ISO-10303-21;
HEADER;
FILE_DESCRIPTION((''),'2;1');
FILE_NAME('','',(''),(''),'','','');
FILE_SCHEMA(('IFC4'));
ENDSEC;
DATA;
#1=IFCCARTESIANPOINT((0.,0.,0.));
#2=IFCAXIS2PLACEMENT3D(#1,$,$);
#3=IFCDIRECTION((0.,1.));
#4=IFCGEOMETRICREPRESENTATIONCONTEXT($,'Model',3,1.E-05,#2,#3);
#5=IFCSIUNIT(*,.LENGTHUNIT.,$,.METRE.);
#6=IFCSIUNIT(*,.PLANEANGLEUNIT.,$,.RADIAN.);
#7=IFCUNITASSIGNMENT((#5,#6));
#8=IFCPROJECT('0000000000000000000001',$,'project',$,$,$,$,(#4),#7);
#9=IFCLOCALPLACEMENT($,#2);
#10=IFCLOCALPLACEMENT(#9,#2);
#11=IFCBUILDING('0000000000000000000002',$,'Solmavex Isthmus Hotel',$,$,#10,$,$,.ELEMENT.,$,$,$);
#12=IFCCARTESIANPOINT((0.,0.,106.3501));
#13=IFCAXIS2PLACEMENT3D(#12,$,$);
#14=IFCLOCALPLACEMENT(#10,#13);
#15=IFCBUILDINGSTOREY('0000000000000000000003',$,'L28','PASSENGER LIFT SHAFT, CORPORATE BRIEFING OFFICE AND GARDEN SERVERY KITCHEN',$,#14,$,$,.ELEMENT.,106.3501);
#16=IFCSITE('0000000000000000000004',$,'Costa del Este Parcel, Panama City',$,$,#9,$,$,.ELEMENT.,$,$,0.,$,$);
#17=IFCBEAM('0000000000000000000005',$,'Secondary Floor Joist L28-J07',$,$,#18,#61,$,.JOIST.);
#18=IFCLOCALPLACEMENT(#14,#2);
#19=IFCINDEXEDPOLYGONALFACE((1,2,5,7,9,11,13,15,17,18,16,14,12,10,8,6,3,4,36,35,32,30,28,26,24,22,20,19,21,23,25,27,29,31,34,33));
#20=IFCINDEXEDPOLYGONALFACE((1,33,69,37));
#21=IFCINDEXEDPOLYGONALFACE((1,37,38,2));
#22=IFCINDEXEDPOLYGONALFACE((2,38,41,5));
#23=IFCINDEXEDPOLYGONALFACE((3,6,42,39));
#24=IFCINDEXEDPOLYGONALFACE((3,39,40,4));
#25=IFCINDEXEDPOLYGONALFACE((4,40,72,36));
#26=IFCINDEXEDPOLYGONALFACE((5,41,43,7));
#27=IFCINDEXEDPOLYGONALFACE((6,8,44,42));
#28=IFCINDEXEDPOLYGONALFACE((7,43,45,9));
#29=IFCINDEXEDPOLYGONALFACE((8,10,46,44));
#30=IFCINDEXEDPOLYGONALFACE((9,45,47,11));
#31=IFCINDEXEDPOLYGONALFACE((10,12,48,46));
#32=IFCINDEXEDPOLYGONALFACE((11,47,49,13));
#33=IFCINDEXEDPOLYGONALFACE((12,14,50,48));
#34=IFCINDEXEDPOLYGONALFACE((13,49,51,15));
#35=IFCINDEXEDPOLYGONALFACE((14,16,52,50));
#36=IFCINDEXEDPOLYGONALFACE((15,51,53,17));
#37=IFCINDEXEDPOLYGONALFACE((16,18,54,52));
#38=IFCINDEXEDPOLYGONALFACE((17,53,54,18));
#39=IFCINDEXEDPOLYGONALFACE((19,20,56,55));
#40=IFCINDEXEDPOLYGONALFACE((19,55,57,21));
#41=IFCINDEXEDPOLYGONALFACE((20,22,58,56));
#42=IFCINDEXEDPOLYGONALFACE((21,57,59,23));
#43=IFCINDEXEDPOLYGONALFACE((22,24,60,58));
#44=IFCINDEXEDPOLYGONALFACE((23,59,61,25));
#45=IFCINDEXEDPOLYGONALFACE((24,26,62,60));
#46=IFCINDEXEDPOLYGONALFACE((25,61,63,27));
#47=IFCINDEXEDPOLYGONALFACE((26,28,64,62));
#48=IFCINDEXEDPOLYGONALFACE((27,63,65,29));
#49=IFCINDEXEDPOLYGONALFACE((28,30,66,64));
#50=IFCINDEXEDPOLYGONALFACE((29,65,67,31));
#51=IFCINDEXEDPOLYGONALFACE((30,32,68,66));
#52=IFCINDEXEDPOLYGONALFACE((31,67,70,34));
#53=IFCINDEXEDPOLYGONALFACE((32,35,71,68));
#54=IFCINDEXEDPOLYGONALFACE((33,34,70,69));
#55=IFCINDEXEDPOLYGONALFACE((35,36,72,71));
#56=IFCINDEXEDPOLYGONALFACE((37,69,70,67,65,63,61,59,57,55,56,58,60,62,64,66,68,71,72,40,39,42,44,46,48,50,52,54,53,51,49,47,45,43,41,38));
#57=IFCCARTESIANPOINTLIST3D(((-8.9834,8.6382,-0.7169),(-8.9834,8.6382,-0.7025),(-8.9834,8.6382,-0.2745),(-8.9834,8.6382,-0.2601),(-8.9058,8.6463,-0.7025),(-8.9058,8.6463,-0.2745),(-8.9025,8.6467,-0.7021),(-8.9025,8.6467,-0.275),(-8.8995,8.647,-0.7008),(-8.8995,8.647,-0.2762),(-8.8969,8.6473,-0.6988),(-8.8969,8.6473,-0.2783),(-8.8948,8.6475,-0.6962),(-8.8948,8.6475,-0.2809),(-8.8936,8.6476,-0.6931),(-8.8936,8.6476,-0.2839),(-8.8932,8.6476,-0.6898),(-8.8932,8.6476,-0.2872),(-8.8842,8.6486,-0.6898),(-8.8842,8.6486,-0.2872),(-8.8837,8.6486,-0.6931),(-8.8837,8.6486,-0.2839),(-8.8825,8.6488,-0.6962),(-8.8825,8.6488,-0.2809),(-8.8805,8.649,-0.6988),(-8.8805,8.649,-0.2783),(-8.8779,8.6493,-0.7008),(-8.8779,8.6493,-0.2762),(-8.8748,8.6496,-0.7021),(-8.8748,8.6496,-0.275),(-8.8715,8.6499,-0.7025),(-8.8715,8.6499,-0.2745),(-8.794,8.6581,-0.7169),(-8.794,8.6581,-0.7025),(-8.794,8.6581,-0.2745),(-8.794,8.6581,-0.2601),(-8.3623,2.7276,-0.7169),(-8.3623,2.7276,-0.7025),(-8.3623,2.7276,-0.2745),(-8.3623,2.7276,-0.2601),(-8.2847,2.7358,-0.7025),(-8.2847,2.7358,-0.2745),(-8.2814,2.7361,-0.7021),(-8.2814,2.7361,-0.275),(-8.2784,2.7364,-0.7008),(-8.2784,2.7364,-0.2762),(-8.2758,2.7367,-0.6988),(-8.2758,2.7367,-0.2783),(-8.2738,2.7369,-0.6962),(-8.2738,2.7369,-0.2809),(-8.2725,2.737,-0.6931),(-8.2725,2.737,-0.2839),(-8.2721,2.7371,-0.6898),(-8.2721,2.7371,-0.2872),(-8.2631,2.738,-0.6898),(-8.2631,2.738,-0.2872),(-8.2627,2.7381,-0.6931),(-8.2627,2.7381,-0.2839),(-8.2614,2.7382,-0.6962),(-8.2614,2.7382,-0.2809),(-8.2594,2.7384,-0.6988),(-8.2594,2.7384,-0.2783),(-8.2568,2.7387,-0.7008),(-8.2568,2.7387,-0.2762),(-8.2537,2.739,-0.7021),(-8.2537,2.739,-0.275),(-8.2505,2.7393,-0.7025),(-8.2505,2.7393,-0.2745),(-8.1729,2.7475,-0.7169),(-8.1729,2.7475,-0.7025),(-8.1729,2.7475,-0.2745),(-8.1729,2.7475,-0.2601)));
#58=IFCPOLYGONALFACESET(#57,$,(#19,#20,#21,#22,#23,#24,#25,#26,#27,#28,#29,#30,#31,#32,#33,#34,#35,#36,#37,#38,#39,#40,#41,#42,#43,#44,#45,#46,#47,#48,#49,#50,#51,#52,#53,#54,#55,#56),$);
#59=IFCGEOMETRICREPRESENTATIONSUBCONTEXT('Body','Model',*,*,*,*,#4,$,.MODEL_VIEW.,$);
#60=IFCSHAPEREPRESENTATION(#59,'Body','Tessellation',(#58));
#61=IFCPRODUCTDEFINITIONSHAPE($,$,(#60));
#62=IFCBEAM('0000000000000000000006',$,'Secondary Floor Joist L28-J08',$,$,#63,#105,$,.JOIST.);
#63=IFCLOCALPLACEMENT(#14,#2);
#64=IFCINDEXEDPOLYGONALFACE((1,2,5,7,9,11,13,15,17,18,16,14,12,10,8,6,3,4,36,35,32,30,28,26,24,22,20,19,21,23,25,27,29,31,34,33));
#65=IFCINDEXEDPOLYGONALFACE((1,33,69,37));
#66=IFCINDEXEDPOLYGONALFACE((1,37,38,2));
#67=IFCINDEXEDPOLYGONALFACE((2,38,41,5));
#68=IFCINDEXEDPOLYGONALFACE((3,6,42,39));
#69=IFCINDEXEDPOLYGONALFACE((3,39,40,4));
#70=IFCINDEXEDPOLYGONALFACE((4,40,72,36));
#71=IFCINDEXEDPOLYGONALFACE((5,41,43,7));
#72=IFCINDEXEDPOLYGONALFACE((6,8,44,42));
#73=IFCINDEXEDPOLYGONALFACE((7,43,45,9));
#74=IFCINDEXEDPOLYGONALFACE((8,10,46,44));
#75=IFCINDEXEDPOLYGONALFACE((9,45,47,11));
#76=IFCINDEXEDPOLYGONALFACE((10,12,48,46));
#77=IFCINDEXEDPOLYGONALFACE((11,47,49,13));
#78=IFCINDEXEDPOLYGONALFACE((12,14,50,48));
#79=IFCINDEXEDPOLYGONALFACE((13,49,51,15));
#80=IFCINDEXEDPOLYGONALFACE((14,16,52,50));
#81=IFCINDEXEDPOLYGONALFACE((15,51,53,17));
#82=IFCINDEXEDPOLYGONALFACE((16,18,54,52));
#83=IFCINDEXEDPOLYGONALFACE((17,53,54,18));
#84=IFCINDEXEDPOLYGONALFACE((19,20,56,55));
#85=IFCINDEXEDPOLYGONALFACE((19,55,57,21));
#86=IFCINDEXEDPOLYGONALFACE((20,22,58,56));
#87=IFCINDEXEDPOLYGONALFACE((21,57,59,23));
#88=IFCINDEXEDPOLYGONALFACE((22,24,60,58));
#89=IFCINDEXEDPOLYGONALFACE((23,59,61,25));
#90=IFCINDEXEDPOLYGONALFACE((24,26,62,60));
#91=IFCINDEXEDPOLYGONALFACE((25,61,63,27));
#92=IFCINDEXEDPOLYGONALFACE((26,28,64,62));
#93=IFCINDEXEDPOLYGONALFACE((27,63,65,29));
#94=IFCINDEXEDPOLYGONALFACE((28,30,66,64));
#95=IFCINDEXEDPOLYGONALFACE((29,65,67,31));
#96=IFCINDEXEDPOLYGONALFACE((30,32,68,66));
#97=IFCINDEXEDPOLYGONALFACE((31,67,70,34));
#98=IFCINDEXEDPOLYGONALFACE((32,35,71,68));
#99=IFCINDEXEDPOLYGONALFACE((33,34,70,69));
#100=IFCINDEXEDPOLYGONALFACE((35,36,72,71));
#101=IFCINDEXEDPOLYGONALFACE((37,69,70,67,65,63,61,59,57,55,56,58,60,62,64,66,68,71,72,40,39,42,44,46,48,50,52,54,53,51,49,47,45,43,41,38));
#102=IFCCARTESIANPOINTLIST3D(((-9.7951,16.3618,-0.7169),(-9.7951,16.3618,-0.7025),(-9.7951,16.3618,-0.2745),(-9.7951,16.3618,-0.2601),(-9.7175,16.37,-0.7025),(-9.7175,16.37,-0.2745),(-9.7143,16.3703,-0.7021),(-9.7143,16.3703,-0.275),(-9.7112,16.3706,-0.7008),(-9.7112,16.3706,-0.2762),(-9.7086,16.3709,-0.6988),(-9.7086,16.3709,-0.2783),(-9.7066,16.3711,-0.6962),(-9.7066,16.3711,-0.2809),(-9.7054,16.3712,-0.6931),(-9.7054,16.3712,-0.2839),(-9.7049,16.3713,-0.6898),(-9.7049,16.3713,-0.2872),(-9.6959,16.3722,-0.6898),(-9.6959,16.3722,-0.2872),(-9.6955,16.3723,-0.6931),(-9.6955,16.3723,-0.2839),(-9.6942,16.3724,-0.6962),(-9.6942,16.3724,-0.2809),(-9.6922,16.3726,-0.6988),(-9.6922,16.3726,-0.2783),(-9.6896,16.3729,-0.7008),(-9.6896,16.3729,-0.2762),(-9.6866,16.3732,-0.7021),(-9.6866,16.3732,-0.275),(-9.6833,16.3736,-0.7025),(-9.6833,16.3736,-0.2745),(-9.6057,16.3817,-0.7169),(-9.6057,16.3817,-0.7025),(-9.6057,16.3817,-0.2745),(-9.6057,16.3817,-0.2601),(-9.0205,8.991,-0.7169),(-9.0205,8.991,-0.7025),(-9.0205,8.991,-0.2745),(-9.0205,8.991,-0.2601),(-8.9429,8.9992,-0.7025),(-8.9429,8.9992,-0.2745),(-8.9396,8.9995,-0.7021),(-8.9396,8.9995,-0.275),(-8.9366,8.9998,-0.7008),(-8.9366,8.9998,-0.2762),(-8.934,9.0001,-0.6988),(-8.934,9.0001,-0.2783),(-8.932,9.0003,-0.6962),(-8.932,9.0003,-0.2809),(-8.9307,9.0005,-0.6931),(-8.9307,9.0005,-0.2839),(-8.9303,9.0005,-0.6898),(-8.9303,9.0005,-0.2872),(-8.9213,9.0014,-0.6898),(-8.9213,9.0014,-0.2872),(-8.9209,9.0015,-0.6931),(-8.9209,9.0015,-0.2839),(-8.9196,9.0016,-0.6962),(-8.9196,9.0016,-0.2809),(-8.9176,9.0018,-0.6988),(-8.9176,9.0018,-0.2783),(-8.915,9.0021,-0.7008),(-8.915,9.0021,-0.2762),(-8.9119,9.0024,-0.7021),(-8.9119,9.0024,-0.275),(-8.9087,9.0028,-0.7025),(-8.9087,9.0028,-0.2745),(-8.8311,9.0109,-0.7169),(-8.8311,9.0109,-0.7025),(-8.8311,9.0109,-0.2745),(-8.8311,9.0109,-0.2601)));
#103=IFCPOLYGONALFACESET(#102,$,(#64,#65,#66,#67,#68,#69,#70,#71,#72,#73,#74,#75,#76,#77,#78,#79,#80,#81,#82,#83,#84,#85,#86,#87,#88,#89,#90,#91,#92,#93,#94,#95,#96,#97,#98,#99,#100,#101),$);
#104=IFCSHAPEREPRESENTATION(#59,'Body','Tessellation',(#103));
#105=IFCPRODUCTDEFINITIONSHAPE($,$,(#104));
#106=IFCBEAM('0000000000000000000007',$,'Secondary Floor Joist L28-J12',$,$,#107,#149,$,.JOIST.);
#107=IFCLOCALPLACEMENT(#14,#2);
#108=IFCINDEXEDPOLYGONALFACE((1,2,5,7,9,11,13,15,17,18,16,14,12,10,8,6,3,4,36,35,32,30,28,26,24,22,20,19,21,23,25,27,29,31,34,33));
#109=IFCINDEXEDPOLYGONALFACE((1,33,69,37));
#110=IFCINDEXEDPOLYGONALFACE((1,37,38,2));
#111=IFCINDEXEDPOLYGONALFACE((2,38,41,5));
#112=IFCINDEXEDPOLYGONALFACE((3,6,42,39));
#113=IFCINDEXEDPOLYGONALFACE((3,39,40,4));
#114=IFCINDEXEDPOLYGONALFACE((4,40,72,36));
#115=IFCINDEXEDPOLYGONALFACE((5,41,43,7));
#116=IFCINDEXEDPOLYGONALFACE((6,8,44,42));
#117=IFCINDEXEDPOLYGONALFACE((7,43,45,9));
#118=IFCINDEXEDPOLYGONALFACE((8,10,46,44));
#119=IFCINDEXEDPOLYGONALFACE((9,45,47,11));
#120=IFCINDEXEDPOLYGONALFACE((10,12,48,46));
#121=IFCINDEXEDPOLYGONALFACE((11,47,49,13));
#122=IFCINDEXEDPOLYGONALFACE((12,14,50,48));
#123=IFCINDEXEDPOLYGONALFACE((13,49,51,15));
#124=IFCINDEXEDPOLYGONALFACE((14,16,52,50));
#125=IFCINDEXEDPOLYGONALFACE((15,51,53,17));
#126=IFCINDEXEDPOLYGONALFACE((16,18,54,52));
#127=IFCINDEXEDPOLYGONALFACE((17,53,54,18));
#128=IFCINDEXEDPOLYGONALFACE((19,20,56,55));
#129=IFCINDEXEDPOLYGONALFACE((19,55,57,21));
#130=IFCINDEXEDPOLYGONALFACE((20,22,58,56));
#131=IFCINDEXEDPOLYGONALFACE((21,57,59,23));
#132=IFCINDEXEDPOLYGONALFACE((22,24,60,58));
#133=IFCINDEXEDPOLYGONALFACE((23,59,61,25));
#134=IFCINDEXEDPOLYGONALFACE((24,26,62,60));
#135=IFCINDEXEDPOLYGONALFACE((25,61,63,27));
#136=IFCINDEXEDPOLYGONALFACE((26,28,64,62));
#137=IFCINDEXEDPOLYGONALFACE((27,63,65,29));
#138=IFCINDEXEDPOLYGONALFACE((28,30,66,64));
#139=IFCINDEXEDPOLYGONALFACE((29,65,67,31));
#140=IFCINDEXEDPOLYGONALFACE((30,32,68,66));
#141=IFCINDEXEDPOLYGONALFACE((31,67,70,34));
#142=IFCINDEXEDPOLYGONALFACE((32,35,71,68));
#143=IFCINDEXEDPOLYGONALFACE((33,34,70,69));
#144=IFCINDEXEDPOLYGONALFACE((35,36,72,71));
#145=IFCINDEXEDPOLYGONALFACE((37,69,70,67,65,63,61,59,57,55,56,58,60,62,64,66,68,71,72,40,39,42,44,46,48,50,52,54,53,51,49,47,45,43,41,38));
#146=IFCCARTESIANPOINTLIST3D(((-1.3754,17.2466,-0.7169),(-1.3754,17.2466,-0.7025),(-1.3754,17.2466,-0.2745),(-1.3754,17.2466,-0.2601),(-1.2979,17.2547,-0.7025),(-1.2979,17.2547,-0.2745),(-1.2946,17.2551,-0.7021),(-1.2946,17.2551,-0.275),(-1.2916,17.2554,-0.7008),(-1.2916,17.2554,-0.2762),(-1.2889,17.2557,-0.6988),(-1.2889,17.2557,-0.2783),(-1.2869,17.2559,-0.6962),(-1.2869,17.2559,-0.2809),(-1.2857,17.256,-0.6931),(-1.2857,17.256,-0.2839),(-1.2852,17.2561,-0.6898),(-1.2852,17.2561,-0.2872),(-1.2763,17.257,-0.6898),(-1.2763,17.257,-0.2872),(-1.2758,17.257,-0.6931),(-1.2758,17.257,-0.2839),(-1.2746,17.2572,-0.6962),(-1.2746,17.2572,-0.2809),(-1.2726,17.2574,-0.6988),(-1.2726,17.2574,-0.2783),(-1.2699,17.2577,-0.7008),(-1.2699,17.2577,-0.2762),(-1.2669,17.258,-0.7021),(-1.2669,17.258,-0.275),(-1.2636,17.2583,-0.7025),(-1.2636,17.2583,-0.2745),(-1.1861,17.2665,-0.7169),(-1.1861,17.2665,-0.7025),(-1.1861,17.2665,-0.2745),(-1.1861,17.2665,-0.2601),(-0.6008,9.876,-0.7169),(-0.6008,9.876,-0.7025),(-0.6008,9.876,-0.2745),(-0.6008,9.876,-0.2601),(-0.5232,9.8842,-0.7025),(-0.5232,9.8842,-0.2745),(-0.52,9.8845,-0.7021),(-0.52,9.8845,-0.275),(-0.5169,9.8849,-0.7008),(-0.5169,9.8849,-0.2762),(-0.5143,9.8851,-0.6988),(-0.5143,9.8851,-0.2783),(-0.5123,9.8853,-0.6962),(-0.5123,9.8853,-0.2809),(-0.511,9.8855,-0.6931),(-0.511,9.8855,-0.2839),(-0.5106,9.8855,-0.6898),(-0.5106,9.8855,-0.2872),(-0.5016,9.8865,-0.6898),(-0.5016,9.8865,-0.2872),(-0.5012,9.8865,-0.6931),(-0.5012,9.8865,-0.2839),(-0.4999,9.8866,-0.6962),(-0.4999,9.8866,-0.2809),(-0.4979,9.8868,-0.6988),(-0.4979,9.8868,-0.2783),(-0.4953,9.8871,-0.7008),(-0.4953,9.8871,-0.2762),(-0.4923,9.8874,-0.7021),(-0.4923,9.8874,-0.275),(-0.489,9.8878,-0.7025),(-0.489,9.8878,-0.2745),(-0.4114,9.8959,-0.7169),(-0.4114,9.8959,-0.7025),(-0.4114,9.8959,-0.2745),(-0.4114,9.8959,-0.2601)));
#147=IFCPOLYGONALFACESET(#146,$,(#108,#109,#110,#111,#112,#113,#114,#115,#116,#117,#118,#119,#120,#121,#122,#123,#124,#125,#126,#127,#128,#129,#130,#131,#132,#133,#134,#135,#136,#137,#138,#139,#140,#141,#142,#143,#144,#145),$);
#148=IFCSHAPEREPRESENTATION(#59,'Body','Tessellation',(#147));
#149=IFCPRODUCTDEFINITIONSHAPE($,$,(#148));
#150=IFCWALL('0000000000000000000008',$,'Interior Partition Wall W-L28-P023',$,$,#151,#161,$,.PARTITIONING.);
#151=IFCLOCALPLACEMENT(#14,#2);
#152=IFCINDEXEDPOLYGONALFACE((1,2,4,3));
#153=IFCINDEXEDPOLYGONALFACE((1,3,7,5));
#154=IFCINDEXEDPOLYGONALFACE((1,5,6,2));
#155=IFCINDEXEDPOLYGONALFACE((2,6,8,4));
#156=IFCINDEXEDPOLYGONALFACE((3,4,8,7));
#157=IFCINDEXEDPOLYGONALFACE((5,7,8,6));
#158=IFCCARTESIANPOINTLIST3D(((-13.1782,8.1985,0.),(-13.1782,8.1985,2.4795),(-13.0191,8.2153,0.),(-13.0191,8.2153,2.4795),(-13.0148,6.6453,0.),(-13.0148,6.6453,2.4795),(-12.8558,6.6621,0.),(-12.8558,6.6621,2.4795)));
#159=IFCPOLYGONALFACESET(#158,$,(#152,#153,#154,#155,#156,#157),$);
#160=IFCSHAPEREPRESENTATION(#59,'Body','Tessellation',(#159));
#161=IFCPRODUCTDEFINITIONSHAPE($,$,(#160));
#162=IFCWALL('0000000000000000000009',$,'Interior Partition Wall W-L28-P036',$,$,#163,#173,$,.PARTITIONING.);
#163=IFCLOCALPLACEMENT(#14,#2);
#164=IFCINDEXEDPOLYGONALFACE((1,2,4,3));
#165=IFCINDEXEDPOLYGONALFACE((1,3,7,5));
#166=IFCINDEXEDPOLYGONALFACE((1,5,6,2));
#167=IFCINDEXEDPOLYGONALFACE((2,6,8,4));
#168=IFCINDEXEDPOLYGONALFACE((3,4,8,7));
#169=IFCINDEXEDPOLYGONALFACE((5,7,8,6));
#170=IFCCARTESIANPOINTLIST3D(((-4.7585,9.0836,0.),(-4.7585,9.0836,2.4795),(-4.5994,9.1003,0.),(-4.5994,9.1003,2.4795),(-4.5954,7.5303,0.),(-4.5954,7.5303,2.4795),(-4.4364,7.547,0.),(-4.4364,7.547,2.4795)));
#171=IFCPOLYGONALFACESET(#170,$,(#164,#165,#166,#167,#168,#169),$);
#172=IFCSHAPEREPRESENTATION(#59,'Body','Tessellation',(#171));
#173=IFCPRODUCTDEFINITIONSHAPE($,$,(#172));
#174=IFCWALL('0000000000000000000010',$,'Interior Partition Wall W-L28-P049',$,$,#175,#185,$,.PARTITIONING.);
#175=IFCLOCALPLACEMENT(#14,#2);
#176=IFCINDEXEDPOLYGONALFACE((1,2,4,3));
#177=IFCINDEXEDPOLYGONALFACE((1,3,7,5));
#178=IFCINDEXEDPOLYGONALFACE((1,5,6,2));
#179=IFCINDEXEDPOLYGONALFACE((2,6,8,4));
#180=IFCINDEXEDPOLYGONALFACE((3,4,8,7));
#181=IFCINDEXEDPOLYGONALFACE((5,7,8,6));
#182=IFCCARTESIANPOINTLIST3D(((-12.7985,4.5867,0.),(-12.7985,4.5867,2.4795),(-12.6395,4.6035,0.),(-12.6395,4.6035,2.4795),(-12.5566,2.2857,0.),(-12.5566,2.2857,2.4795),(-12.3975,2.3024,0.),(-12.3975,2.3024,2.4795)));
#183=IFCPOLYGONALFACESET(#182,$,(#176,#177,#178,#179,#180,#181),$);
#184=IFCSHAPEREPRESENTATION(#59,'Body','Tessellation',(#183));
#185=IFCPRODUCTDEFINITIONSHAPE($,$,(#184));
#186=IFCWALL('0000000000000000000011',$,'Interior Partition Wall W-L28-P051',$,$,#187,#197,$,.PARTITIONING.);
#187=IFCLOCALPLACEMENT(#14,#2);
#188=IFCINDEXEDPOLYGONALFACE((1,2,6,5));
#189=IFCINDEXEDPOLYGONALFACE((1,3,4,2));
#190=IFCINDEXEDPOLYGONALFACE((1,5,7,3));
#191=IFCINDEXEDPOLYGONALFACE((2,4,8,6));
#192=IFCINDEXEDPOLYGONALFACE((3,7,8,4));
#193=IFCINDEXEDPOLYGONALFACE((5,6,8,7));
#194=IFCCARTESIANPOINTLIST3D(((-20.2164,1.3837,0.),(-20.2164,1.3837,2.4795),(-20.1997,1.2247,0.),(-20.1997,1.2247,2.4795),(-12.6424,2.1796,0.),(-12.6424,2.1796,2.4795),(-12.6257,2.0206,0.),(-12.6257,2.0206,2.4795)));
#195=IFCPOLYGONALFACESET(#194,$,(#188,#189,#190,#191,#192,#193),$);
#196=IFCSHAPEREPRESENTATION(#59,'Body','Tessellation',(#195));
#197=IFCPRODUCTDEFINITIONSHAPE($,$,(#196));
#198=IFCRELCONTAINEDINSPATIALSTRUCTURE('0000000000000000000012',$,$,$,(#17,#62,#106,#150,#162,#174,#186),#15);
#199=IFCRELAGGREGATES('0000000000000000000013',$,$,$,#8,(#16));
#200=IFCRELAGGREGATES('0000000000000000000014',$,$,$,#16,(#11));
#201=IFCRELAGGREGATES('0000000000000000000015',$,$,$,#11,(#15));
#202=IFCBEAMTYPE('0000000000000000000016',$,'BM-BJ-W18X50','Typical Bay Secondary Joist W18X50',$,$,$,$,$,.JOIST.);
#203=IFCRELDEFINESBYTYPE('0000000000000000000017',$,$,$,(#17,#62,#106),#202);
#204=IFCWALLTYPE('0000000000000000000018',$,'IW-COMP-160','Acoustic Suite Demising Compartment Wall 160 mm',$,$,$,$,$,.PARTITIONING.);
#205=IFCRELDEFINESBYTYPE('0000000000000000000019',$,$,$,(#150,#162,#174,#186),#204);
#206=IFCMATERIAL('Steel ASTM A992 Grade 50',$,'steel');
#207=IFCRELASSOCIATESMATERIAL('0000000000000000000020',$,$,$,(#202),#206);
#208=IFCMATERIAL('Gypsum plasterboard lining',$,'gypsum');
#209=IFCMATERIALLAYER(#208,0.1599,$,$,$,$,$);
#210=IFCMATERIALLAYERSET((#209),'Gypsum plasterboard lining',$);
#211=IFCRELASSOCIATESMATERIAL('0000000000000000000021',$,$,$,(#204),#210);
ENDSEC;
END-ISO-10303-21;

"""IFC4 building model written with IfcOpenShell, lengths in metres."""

from ifc_helpers import new_model, si_unit, direction, frame, frame_2d, origin, origin_2d, place, context, subcontext, project, spatial, rectangle, i_section, extrude, material, layer, layer_set, material_profile, profile_set, type_object, element, save


model = new_model("IFC4")

# Units and contexts
model_context = context("Model", 3, precision=1e-05, world=origin(), true_north=direction((0.0, 1.0)))
body_context = subcontext(model_context, "Body", "Model", "MODEL_VIEW")
ifc_project = project(units=[si_unit("LENGTHUNIT", "METRE"), si_unit("PLANEANGLEUNIT", "RADIAN")], contexts=[model_context])

# Site, building, storey
site_placement = place(None, origin())
site = spatial("IfcSite", under=ifc_project, at=site_placement, Name="Costa del Este Parcel, Panama City", CompositionType="ELEMENT", RefElevation=0.0)
building_placement = place(site_placement, origin())
building = spatial("IfcBuilding", under=site, at=building_placement, Name="Solmavex Isthmus Hotel", CompositionType="ELEMENT")
storey_placement = place(building_placement, frame((0.0, 0.0, 106.3501)))
storey = spatial("IfcBuildingStorey", under=building, at=storey_placement, Name="L28", Description="PASSENGER LIFT SHAFT, CORPORATE BRIEFING OFFICE AND GARDEN SERVERY KITCHEN", CompositionType="ELEMENT", Elevation=106.3501)

# Beams
ifc_material_1 = material(Name="Steel ASTM A992 Grade 50", Category="steel")
ifc_material_profile_1 = material_profile(ifc_material_1, i_section(OverallWidth=0.1904, OverallDepth=0.4568, WebThickness=0.009, FlangeThickness=0.0144, FilletRadius=0.0127, at=origin_2d()), Name="W18X50")
ifc_profile_set_1 = profile_set([ifc_material_profile_1], Name="Steel ASTM A992 Grade 50")
beam_type_1 = type_object("IfcBeamType", Name="BM-BJ-W18X50", Description="Typical Bay Secondary Joist W18X50", PredefinedType="JOIST", material=ifc_profile_set_1)
beam_1_placement = place(storey_placement, frame((-8.2676, 2.7375, -0.4885), z_axis=(-0.104505, 0.994524, 0.0), x_axis=(-0.994524, -0.104505, 0.0)))
element("IfcBeam", 1, at=beam_1_placement, inside=storey, type_object=beam_type_1, Name="Secondary Floor Joist L28-J07", PredefinedType="JOIST", context=body_context, shape_type="SweptSolid", body=[
    extrude(i_section(OverallWidth=0.1904, OverallDepth=0.4568, WebThickness=0.009, FlangeThickness=0.0144, FilletRadius=0.0127, at=origin_2d()), origin(), (0.0, 0.0, 1.0), 5.9431),
])
beam_2_placement = place(storey_placement, frame((-8.9258, 9.001, -0.4885), z_axis=(-0.104522, 0.994523, 0.0), x_axis=(-0.994523, -0.104522, 0.0)))
element("IfcBeam", 2, at=beam_2_placement, inside=storey, type_object=beam_type_1, Name="Secondary Floor Joist L28-J08", PredefinedType="JOIST", context=body_context, shape_type="SweptSolid", body=[
    extrude(i_section(OverallWidth=0.1904, OverallDepth=0.4568, WebThickness=0.009, FlangeThickness=0.0144, FilletRadius=0.0127, at=origin_2d()), origin(), (0.0, 0.0, 1.0), 7.4114),
])
beam_3_placement = place(storey_placement, frame((-0.5061, 9.886, -0.4885), z_axis=(-0.104525, 0.994522, 0.0), x_axis=(-0.994522, -0.104525, 0.0)))
element("IfcBeam", 3, at=beam_3_placement, inside=storey, type_object=beam_type_1, Name="Secondary Floor Joist L28-J12", PredefinedType="JOIST", context=body_context, shape_type="SweptSolid", body=[
    extrude(i_section(OverallWidth=0.1904, OverallDepth=0.4568, WebThickness=0.009, FlangeThickness=0.0144, FilletRadius=0.0127, at=origin_2d()), origin(), (0.0, 0.0, 1.0), 7.4111),
])

# Wall
ifc_material_2 = material(Name="Gypsum plasterboard lining", Category="gypsum")
ifc_layer_1 = layer(ifc_material_2, 0.1599)
ifc_layer_set_1 = layer_set([ifc_layer_1], Name="Gypsum plasterboard lining")
wall_type_1 = type_object("IfcWallType", Name="IW-COMP-160", Description="Acoustic Suite Demising Compartment Wall 160 mm", PredefinedType="PARTITIONING", material=ifc_layer_set_1)
wall_1_placement = place(storey_placement, frame((-13.0986, 8.2068, 0.0), z_axis=(0.0, 0.0, 1.0), x_axis=(0.104579, -0.994517, 0.0)))
element("IfcWall", 4, at=wall_1_placement, inside=storey, type_object=wall_type_1, Name="Interior Partition Wall W-L28-P023", PredefinedType="PARTITIONING", context=body_context, shape_type="SweptSolid", body=[
    extrude(rectangle(XDim=1.5618, YDim=0.1599, at=frame_2d((0.7808, 0.0))), origin(), (0.0, 0.0, 1.0), 2.4795),
])

# Walls
wall_2_placement = place(storey_placement, frame((-4.679, 9.0918, 0.0), z_axis=(0.0, 0.0, 1.0), x_axis=(0.104424, -0.994533, 0.0)))
element("IfcWall", 5, at=wall_2_placement, inside=storey, type_object=wall_type_1, Name="Interior Partition Wall W-L28-P036", PredefinedType="PARTITIONING", context=body_context, shape_type="SweptSolid", body=[
    extrude(rectangle(XDim=1.5618, YDim=0.1599, at=frame_2d((0.7808, 0.0))), origin(), (0.0, 0.0, 1.0), 2.4795),
])
wall_3_placement = place(storey_placement, frame((-12.719, 4.595, 0.0), z_axis=(0.0, 0.0, 1.0), x_axis=(0.104569, -0.994518, 0.0)))
element("IfcWall", 6, at=wall_3_placement, inside=storey, type_object=wall_type_1, Name="Interior Partition Wall W-L28-P049", PredefinedType="PARTITIONING", context=body_context, shape_type="SweptSolid", body=[
    extrude(rectangle(XDim=2.3137, YDim=0.1599, at=frame_2d((1.1567, 0.0))), origin(), (0.0, 0.0, 1.0), 2.4795),
])
wall_4_placement = place(storey_placement, frame((-12.634, 2.1001, 0.0), z_axis=(0.0, 0.0, 1.0), x_axis=(-0.994524, -0.104508, 0.0)))
element("IfcWall", 7, at=wall_4_placement, inside=storey, type_object=wall_type_1, Name="Interior Partition Wall W-L28-P051", PredefinedType="PARTITIONING", context=body_context, shape_type="SweptSolid", body=[
    extrude(rectangle(XDim=7.6157, YDim=0.1599, at=frame_2d((3.8079, 0.0))), origin(), (0.0, 0.0, 1.0), 2.4795),
])

save(model, "model.ifc")
